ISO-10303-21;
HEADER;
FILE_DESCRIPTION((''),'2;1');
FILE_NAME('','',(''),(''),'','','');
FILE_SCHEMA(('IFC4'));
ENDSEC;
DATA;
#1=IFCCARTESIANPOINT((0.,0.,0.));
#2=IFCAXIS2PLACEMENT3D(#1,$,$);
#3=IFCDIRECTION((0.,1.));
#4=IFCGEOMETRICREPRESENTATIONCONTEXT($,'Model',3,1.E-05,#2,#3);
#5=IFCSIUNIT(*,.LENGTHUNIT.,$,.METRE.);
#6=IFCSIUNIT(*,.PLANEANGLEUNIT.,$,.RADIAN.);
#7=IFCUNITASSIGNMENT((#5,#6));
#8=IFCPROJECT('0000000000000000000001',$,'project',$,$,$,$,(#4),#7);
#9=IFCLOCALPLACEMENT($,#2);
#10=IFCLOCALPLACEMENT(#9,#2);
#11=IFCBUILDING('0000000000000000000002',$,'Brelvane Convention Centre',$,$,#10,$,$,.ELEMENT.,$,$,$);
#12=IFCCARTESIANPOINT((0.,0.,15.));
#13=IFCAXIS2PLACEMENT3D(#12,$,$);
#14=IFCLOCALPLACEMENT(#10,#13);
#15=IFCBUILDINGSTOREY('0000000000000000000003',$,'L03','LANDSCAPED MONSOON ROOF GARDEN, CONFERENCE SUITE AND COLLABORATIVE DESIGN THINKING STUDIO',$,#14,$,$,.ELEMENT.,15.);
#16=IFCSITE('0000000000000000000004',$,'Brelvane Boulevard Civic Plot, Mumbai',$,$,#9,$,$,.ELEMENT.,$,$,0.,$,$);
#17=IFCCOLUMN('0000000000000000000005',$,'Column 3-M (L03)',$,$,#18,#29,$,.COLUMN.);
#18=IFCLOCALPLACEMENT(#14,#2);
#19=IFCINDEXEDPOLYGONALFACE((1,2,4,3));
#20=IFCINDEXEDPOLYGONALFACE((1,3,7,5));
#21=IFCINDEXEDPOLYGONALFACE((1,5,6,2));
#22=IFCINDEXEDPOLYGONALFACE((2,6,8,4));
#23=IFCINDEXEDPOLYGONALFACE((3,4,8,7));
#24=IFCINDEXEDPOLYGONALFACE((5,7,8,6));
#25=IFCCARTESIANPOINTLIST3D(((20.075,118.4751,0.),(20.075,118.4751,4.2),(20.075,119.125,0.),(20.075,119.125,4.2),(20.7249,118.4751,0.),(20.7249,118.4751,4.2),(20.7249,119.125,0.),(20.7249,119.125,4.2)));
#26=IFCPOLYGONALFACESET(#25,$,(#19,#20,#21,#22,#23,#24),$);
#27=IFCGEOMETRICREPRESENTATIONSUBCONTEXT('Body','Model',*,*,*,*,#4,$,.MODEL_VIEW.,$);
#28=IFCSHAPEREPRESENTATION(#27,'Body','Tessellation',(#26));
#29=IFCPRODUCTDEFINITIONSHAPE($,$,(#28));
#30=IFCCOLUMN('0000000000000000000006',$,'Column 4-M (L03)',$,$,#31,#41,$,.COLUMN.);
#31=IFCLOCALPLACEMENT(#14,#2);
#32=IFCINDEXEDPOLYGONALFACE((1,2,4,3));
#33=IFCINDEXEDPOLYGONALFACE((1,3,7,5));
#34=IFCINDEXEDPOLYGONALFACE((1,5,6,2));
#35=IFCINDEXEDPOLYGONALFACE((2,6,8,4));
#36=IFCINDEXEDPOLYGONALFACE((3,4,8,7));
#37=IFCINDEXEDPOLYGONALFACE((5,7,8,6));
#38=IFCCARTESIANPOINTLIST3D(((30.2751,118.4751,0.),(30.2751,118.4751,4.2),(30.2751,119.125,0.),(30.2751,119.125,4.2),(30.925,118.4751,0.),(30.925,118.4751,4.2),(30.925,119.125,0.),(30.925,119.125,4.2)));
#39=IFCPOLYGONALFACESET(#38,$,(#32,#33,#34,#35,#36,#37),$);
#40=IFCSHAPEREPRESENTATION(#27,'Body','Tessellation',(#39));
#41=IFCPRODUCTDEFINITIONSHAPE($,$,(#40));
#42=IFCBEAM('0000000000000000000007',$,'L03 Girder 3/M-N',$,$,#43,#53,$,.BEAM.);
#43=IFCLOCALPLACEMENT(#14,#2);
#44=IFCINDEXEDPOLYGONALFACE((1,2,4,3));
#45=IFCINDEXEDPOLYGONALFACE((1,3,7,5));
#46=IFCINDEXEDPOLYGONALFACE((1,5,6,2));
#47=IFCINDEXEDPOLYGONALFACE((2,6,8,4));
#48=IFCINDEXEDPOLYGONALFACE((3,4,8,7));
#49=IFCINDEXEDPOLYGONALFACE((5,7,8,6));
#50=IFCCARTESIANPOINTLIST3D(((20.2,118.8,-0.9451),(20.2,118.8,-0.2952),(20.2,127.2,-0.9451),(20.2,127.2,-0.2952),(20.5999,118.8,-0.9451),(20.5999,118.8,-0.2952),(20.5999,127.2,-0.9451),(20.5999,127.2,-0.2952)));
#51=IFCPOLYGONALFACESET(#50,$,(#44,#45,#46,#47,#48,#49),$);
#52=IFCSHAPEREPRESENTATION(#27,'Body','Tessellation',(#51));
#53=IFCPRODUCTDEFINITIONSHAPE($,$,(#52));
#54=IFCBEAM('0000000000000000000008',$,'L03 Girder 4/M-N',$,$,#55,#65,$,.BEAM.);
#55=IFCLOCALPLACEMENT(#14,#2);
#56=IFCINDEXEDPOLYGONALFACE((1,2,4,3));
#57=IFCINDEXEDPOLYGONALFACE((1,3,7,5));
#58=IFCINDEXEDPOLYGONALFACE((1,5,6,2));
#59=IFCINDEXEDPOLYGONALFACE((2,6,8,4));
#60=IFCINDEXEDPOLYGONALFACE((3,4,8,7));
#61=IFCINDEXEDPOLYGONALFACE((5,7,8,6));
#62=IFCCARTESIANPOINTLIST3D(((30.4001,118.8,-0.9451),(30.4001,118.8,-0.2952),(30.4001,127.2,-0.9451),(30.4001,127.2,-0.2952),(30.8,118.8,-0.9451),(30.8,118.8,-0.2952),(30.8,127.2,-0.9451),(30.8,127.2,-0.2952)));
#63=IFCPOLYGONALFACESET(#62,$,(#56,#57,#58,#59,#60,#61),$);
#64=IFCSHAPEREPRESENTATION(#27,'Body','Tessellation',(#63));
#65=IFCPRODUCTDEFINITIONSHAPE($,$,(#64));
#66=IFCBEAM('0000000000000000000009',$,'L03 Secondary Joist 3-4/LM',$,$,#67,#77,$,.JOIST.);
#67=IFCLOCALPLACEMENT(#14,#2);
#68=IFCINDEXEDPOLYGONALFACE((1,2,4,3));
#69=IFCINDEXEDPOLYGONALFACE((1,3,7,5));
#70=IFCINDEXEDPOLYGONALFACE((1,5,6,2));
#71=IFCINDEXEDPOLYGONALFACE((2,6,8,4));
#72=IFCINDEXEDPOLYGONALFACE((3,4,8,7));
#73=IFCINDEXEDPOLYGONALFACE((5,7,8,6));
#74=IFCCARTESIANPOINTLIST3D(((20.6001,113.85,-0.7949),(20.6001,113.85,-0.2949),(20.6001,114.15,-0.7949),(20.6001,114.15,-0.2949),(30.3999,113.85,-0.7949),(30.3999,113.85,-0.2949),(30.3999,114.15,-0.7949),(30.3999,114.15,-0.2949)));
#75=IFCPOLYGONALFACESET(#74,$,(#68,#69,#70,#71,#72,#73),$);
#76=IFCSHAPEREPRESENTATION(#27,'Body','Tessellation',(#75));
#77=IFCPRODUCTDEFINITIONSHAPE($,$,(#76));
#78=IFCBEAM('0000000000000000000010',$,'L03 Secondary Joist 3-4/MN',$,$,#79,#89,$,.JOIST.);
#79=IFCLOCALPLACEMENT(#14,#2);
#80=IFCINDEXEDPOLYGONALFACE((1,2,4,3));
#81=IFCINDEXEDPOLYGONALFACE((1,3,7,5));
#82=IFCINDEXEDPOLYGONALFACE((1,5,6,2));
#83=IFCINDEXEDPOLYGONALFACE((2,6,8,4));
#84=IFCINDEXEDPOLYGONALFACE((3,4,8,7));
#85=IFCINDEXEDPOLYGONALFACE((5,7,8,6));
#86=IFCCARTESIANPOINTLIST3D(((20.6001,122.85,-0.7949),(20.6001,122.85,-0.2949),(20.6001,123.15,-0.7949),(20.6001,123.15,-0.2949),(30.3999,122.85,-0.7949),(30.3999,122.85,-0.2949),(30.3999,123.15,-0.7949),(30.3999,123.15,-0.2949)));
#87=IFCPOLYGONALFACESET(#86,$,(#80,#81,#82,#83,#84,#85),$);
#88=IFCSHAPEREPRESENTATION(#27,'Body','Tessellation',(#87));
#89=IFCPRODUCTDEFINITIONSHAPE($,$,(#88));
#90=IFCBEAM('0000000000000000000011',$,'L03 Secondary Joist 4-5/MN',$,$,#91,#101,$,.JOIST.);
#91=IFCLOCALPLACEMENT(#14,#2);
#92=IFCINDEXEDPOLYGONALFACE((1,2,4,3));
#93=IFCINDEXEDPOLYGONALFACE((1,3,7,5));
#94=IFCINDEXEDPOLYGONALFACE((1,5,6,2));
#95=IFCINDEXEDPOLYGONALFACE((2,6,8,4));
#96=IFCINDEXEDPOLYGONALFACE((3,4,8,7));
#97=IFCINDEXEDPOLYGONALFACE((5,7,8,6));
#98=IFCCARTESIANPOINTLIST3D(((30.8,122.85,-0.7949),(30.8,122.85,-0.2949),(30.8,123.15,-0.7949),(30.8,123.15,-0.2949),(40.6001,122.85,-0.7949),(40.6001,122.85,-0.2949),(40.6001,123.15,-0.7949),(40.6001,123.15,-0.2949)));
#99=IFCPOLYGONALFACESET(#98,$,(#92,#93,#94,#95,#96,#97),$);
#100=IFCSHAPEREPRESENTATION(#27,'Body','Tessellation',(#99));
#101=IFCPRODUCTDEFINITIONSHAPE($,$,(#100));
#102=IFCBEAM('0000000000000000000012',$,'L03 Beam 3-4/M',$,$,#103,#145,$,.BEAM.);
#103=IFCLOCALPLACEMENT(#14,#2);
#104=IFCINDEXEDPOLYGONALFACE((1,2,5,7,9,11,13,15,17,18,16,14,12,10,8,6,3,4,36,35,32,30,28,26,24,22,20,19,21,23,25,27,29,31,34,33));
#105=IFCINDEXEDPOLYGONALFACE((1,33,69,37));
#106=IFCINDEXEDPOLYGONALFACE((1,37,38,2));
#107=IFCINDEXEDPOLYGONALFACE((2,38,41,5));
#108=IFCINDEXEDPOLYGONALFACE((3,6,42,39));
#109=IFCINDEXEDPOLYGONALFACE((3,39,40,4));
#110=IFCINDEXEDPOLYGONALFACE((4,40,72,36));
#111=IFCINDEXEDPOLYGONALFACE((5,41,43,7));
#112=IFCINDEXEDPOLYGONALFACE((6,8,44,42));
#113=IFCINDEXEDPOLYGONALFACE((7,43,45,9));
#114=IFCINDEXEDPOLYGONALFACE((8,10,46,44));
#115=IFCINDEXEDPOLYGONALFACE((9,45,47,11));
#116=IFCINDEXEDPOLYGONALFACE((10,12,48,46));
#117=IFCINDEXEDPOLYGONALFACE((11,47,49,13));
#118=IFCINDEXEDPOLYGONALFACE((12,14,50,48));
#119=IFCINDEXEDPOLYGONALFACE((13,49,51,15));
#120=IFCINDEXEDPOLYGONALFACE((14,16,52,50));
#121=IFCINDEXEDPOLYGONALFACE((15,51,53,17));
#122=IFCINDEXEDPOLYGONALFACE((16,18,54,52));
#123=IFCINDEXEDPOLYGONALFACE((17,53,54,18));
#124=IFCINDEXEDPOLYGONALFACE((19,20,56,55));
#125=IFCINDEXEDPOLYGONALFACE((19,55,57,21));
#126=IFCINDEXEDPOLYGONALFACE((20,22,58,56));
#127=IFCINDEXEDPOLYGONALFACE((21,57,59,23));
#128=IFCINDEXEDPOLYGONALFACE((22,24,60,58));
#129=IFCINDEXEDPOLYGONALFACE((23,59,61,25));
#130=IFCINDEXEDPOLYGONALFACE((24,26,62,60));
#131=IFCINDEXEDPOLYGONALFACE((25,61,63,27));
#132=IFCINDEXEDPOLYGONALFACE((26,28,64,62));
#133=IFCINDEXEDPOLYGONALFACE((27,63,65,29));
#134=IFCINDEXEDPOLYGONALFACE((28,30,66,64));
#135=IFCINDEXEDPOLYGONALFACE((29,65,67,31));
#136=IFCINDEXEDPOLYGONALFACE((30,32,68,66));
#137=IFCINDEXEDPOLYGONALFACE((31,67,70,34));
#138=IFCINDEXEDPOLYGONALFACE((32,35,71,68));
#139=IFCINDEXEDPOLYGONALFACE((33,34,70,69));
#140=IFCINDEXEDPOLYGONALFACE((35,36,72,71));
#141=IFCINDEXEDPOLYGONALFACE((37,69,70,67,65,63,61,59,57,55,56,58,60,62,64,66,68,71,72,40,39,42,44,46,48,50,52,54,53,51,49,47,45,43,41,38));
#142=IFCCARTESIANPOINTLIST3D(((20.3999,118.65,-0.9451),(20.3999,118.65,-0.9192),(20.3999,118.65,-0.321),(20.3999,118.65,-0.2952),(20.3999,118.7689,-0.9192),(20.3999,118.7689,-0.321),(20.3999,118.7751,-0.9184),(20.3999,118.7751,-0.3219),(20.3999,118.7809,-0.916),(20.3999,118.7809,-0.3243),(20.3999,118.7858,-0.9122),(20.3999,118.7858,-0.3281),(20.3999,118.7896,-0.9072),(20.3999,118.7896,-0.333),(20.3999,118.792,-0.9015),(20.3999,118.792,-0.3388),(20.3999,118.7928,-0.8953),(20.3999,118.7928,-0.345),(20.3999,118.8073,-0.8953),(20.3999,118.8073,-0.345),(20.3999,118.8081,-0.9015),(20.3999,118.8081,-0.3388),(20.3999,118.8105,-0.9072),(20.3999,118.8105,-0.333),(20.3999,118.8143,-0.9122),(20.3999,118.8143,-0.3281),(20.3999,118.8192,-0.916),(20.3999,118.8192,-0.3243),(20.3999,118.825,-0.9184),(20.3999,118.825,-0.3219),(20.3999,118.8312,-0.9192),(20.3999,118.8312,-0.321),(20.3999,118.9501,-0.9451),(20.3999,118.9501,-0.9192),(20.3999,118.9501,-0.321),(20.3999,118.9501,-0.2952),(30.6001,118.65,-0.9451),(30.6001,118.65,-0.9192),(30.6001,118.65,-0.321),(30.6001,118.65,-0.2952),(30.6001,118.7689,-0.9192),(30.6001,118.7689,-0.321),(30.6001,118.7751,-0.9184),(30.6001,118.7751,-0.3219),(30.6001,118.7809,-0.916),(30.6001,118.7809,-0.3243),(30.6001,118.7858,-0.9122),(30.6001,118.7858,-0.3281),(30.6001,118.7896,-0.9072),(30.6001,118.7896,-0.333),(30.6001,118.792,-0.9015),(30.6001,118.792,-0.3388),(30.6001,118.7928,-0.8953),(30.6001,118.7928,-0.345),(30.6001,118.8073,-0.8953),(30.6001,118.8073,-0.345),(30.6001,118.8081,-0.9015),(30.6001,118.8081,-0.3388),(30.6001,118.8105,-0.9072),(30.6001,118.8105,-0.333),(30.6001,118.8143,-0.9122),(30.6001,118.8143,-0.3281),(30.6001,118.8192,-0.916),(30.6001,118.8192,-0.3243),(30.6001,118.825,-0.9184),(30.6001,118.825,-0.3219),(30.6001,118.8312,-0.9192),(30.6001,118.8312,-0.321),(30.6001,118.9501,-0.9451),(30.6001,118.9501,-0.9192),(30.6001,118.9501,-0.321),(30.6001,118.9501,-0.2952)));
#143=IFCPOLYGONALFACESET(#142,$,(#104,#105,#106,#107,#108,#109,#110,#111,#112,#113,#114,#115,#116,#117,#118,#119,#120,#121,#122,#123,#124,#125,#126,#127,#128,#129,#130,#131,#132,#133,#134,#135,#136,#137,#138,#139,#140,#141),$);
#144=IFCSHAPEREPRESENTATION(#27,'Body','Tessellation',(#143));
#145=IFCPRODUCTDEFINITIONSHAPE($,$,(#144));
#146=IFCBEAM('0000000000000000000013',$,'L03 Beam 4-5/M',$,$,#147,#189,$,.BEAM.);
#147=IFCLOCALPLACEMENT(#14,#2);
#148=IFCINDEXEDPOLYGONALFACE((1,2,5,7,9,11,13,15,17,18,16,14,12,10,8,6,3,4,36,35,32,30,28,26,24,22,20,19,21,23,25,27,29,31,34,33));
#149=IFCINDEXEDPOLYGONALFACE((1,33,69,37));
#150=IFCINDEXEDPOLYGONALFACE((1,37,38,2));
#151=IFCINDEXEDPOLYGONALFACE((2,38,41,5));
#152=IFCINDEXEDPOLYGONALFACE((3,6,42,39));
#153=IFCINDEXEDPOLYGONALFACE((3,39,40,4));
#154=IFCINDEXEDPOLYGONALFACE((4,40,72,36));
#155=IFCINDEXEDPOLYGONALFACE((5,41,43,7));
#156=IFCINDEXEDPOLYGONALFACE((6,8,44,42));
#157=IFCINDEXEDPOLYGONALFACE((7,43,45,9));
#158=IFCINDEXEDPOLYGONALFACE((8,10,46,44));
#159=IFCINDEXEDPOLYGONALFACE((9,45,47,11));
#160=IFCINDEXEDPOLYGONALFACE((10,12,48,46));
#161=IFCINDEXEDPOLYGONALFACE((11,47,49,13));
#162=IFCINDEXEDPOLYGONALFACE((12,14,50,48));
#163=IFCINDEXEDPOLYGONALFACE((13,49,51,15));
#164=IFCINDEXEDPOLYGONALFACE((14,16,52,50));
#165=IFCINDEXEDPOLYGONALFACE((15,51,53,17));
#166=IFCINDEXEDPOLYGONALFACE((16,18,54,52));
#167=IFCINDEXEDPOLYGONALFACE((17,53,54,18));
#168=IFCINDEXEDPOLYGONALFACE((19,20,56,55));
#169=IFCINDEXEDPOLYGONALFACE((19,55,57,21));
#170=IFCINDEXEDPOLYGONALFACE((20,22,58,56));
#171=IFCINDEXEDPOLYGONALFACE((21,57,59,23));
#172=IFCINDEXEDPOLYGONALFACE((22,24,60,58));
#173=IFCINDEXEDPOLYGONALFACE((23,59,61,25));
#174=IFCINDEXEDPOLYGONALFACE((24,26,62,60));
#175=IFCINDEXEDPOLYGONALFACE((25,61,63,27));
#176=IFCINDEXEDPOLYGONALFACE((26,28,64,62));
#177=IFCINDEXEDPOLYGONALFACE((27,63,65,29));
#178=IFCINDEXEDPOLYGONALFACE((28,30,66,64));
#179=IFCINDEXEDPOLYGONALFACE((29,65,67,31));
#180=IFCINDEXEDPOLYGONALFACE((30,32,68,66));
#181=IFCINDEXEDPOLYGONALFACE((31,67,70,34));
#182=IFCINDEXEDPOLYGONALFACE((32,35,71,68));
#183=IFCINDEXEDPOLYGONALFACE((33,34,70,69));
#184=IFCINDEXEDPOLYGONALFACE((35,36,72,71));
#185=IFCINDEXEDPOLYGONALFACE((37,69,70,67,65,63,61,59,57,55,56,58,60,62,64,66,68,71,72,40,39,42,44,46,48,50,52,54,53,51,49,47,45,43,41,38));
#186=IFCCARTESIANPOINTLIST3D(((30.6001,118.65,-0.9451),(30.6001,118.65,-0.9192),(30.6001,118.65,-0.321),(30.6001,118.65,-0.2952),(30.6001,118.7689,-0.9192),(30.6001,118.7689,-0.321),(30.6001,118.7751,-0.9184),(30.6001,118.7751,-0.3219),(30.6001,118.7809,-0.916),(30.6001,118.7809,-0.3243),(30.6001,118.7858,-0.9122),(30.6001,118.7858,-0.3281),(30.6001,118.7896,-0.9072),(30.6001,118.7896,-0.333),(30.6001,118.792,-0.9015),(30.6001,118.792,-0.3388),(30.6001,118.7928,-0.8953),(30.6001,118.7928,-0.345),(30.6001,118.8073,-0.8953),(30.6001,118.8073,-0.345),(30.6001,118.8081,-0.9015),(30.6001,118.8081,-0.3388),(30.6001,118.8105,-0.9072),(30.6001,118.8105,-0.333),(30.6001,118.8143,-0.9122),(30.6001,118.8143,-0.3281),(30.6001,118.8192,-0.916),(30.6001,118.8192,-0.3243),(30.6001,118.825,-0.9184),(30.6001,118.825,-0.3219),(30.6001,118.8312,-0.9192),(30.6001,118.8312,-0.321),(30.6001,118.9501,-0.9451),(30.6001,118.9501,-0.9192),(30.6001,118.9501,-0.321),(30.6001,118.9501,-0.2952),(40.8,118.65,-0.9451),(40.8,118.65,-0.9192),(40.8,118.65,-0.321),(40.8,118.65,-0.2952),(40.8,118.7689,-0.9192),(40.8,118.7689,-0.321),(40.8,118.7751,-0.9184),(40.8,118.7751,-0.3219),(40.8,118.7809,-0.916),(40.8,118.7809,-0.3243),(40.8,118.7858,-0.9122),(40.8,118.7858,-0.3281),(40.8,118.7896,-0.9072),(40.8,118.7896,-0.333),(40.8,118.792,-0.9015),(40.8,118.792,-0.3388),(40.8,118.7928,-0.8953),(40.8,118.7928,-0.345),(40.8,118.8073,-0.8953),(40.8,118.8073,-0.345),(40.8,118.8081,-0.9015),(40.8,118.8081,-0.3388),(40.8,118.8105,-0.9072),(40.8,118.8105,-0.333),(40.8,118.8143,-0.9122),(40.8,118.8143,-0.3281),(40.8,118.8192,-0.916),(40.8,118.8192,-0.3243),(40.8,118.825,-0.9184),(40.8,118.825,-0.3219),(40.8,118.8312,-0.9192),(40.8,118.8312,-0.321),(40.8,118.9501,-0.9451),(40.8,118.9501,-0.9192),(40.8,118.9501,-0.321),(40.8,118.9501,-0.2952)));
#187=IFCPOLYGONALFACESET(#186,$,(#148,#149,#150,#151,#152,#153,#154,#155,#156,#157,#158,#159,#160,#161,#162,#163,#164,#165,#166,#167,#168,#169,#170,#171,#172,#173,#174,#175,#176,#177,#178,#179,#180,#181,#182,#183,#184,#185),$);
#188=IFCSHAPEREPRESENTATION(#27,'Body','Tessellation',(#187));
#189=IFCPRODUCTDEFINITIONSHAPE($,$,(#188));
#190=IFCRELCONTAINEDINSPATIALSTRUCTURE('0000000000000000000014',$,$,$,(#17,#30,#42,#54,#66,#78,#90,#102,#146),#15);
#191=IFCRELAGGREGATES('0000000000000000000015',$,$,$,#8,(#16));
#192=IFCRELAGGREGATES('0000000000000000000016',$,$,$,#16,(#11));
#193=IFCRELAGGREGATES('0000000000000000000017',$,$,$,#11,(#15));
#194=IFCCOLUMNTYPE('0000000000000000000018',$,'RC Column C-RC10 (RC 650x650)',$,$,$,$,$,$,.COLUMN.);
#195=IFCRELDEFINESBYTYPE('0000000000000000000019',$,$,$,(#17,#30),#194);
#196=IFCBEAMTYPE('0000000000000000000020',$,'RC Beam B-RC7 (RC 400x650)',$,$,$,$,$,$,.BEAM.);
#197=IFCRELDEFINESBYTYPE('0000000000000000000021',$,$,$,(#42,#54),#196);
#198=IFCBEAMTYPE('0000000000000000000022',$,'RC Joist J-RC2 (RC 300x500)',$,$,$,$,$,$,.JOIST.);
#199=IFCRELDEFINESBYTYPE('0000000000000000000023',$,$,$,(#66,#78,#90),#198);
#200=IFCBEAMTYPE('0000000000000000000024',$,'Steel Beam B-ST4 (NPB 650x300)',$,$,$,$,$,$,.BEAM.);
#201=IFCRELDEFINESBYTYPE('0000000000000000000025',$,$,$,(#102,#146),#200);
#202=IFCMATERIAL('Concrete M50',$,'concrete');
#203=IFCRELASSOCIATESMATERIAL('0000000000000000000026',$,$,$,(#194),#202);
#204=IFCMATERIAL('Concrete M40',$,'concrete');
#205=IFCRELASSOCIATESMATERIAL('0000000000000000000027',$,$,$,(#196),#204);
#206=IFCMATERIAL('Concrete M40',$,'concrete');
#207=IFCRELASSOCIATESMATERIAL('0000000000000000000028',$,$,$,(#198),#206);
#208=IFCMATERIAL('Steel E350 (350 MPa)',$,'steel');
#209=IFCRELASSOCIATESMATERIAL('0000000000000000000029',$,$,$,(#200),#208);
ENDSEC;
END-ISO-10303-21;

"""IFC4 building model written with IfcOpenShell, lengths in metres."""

from ifc_helpers import new_model, si_unit, direction, frame, origin, origin_2d, place, context, subcontext, project, spatial, rectangle, i_section, extrude, material, material_profile, profile_set, type_object, element, save


model = new_model("IFC4")

# Units and contexts
model_context = context("Model", 3, precision=1e-05, world=origin(), true_north=direction((0.0, 1.0)))
body_context = subcontext(model_context, "Body", "Model", "MODEL_VIEW")
ifc_project = project(units=[si_unit("LENGTHUNIT", "METRE"), si_unit("PLANEANGLEUNIT", "RADIAN")], contexts=[model_context])

# Site, building, storey
site_placement = place(None, origin())
site = spatial("IfcSite", under=ifc_project, at=site_placement, Name="Brelvane Boulevard Civic Plot, Mumbai", CompositionType="ELEMENT", RefElevation=0.0)
building_placement = place(site_placement, origin())
building = spatial("IfcBuilding", under=site, at=building_placement, Name="Brelvane Convention Centre", CompositionType="ELEMENT")
storey_placement = place(building_placement, frame((0.0, 0.0, 15.0)))
storey = spatial("IfcBuildingStorey", under=building, at=storey_placement, Name="L03", Description="LANDSCAPED MONSOON ROOF GARDEN, CONFERENCE SUITE AND COLLABORATIVE DESIGN THINKING STUDIO", CompositionType="ELEMENT", Elevation=15.0)

# Columns
ifc_material_1 = material(Name="Concrete M50", Category="concrete")
ifc_material_profile_1 = material_profile(ifc_material_1, rectangle(XDim=0.6499, YDim=0.6499, at=origin_2d()), Name="RC 650x650")
ifc_profile_set_1 = profile_set([ifc_material_profile_1], Name="Concrete M50")
column_type = type_object("IfcColumnType", Name="RC Column C-RC10 (RC 650x650)", PredefinedType="COLUMN", material=ifc_profile_set_1)
for number, where, z_axis, x_axis, name in (
    (1, (20.3999, 118.8, 0.0), (0.0, 0.0, 1.0), (1.0, 0.0, 0.0), "Column 3-M (L03)"),
    (2, (30.6001, 118.8, 0.0), (0.0, 0.0, 1.0), (1.0, 0.0, 0.0), "Column 4-M (L03)"),
):
    element("IfcColumn", number, at=place(storey_placement, frame(where, z_axis=z_axis, x_axis=x_axis)), inside=storey, type_object=column_type, Name=name, PredefinedType="COLUMN", context=body_context, shape_type="SweptSolid", body=[
        extrude(rectangle(XDim=0.6499, YDim=0.6499, at=origin_2d()), origin(), (0.0, 0.0, 1.0), 4.2),
    ])

# Beams
ifc_material_2 = material(Name="Concrete M40", Category="concrete")
ifc_material_profile_2 = material_profile(ifc_material_2, rectangle(XDim=0.3999, YDim=0.6499, at=origin_2d()), Name="RC 400x650")
ifc_profile_set_2 = profile_set([ifc_material_profile_2], Name="Concrete M40")
beam_type_1 = type_object("IfcBeamType", Name="RC Beam B-RC7 (RC 400x650)", PredefinedType="BEAM", material=ifc_profile_set_2)
for number, where, z_axis, x_axis, name in (
    (3, (20.3999, 118.8, -0.6201), (0.0, 1.0, 0.0), (-1.0, 0.0, 0.0), "L03 Girder 3/M-N"),
    (4, (30.6001, 118.8, -0.6201), (0.0, 1.0, 0.0), (-1.0, 0.0, 0.0), "L03 Girder 4/M-N"),
):
    element("IfcBeam", number, at=place(storey_placement, frame(where, z_axis=z_axis, x_axis=x_axis)), inside=storey, type_object=beam_type_1, Name=name, PredefinedType="BEAM", context=body_context, shape_type="SweptSolid", body=[
        extrude(rectangle(XDim=0.3999, YDim=0.6499, at=origin_2d()), origin(), (0.0, 0.0, 1.0), 8.3999),
    ])
ifc_material_3 = material(Name="Concrete M40", Category="concrete")
ifc_material_profile_3 = material_profile(ifc_material_3, rectangle(XDim=0.3, YDim=0.5, at=origin_2d()), Name="RC 300x500")
ifc_profile_set_3 = profile_set([ifc_material_profile_3], Name="Concrete M40")
beam_type_2 = type_object("IfcBeamType", Name="RC Joist J-RC2 (RC 300x500)", PredefinedType="JOIST", material=ifc_profile_set_3)
for number, where, z_axis, x_axis, name in (
    (5, (20.6001, 114.0, -0.5449), (1.0, 0.0, 0.0), (0.0, 1.0, 0.0), "L03 Secondary Joist 3-4/LM"),
    (6, (20.6001, 123.0, -0.5449), (1.0, 0.0, 0.0), (0.0, 1.0, 0.0), "L03 Secondary Joist 3-4/MN"),
):
    element("IfcBeam", number, at=place(storey_placement, frame(where, z_axis=z_axis, x_axis=x_axis)), inside=storey, type_object=beam_type_2, Name=name, PredefinedType="JOIST", context=body_context, shape_type="SweptSolid", body=[
        extrude(rectangle(XDim=0.3, YDim=0.5, at=origin_2d()), origin(), (0.0, 0.0, 1.0), 9.7998),
    ])
beam_1_placement = place(storey_placement, frame((30.8, 123.0, -0.5449), z_axis=(1.0, 0.0, 0.0), x_axis=(0.0, 1.0, 0.0)))
element("IfcBeam", 7, at=beam_1_placement, inside=storey, type_object=beam_type_2, Name="L03 Secondary Joist 4-5/MN", PredefinedType="JOIST", context=body_context, shape_type="SweptSolid", body=[
    extrude(rectangle(XDim=0.3, YDim=0.5, at=origin_2d()), origin(), (0.0, 0.0, 1.0), 9.8),
])
ifc_material_4 = material(Name="Steel E350 (350 MPa)", Category="steel")
ifc_material_profile_4 = material_profile(ifc_material_4, i_section(OverallWidth=0.3, OverallDepth=0.6499, WebThickness=0.0144, FlangeThickness=0.0259, FilletRadius=0.0239, at=origin_2d()), Name="NPB 650x300")
ifc_profile_set_4 = profile_set([ifc_material_profile_4], Name="Steel E350 (350 MPa)")
beam_type_3 = type_object("IfcBeamType", Name="Steel Beam B-ST4 (NPB 650x300)", PredefinedType="BEAM", material=ifc_profile_set_4)
beam_2_placement = place(storey_placement, frame((20.3999, 118.8, -0.6201), z_axis=(1.0, 0.0, 0.0), x_axis=(0.0, 1.0, 0.0)))
element("IfcBeam", 8, at=beam_2_placement, inside=storey, type_object=beam_type_3, Name="L03 Beam 3-4/M", PredefinedType="BEAM", context=body_context, shape_type="SweptSolid", body=[
    extrude(i_section(OverallWidth=0.3, OverallDepth=0.6499, WebThickness=0.0144, FlangeThickness=0.0259, FilletRadius=0.0239, at=origin_2d()), origin(), (0.0, 0.0, 1.0), 10.2002),
])
beam_3_placement = place(storey_placement, frame((30.6001, 118.8, -0.6201), z_axis=(1.0, 0.0, 0.0), x_axis=(0.0, 1.0, 0.0)))
element("IfcBeam", 9, at=beam_3_placement, inside=storey, type_object=beam_type_3, Name="L03 Beam 4-5/M", PredefinedType="BEAM", context=body_context, shape_type="SweptSolid", body=[
    extrude(i_section(OverallWidth=0.3, OverallDepth=0.6499, WebThickness=0.0144, FlangeThickness=0.0259, FilletRadius=0.0239, at=origin_2d()), origin(), (0.0, 0.0, 1.0), 10.2),
])

save(model, "model.ifc")
